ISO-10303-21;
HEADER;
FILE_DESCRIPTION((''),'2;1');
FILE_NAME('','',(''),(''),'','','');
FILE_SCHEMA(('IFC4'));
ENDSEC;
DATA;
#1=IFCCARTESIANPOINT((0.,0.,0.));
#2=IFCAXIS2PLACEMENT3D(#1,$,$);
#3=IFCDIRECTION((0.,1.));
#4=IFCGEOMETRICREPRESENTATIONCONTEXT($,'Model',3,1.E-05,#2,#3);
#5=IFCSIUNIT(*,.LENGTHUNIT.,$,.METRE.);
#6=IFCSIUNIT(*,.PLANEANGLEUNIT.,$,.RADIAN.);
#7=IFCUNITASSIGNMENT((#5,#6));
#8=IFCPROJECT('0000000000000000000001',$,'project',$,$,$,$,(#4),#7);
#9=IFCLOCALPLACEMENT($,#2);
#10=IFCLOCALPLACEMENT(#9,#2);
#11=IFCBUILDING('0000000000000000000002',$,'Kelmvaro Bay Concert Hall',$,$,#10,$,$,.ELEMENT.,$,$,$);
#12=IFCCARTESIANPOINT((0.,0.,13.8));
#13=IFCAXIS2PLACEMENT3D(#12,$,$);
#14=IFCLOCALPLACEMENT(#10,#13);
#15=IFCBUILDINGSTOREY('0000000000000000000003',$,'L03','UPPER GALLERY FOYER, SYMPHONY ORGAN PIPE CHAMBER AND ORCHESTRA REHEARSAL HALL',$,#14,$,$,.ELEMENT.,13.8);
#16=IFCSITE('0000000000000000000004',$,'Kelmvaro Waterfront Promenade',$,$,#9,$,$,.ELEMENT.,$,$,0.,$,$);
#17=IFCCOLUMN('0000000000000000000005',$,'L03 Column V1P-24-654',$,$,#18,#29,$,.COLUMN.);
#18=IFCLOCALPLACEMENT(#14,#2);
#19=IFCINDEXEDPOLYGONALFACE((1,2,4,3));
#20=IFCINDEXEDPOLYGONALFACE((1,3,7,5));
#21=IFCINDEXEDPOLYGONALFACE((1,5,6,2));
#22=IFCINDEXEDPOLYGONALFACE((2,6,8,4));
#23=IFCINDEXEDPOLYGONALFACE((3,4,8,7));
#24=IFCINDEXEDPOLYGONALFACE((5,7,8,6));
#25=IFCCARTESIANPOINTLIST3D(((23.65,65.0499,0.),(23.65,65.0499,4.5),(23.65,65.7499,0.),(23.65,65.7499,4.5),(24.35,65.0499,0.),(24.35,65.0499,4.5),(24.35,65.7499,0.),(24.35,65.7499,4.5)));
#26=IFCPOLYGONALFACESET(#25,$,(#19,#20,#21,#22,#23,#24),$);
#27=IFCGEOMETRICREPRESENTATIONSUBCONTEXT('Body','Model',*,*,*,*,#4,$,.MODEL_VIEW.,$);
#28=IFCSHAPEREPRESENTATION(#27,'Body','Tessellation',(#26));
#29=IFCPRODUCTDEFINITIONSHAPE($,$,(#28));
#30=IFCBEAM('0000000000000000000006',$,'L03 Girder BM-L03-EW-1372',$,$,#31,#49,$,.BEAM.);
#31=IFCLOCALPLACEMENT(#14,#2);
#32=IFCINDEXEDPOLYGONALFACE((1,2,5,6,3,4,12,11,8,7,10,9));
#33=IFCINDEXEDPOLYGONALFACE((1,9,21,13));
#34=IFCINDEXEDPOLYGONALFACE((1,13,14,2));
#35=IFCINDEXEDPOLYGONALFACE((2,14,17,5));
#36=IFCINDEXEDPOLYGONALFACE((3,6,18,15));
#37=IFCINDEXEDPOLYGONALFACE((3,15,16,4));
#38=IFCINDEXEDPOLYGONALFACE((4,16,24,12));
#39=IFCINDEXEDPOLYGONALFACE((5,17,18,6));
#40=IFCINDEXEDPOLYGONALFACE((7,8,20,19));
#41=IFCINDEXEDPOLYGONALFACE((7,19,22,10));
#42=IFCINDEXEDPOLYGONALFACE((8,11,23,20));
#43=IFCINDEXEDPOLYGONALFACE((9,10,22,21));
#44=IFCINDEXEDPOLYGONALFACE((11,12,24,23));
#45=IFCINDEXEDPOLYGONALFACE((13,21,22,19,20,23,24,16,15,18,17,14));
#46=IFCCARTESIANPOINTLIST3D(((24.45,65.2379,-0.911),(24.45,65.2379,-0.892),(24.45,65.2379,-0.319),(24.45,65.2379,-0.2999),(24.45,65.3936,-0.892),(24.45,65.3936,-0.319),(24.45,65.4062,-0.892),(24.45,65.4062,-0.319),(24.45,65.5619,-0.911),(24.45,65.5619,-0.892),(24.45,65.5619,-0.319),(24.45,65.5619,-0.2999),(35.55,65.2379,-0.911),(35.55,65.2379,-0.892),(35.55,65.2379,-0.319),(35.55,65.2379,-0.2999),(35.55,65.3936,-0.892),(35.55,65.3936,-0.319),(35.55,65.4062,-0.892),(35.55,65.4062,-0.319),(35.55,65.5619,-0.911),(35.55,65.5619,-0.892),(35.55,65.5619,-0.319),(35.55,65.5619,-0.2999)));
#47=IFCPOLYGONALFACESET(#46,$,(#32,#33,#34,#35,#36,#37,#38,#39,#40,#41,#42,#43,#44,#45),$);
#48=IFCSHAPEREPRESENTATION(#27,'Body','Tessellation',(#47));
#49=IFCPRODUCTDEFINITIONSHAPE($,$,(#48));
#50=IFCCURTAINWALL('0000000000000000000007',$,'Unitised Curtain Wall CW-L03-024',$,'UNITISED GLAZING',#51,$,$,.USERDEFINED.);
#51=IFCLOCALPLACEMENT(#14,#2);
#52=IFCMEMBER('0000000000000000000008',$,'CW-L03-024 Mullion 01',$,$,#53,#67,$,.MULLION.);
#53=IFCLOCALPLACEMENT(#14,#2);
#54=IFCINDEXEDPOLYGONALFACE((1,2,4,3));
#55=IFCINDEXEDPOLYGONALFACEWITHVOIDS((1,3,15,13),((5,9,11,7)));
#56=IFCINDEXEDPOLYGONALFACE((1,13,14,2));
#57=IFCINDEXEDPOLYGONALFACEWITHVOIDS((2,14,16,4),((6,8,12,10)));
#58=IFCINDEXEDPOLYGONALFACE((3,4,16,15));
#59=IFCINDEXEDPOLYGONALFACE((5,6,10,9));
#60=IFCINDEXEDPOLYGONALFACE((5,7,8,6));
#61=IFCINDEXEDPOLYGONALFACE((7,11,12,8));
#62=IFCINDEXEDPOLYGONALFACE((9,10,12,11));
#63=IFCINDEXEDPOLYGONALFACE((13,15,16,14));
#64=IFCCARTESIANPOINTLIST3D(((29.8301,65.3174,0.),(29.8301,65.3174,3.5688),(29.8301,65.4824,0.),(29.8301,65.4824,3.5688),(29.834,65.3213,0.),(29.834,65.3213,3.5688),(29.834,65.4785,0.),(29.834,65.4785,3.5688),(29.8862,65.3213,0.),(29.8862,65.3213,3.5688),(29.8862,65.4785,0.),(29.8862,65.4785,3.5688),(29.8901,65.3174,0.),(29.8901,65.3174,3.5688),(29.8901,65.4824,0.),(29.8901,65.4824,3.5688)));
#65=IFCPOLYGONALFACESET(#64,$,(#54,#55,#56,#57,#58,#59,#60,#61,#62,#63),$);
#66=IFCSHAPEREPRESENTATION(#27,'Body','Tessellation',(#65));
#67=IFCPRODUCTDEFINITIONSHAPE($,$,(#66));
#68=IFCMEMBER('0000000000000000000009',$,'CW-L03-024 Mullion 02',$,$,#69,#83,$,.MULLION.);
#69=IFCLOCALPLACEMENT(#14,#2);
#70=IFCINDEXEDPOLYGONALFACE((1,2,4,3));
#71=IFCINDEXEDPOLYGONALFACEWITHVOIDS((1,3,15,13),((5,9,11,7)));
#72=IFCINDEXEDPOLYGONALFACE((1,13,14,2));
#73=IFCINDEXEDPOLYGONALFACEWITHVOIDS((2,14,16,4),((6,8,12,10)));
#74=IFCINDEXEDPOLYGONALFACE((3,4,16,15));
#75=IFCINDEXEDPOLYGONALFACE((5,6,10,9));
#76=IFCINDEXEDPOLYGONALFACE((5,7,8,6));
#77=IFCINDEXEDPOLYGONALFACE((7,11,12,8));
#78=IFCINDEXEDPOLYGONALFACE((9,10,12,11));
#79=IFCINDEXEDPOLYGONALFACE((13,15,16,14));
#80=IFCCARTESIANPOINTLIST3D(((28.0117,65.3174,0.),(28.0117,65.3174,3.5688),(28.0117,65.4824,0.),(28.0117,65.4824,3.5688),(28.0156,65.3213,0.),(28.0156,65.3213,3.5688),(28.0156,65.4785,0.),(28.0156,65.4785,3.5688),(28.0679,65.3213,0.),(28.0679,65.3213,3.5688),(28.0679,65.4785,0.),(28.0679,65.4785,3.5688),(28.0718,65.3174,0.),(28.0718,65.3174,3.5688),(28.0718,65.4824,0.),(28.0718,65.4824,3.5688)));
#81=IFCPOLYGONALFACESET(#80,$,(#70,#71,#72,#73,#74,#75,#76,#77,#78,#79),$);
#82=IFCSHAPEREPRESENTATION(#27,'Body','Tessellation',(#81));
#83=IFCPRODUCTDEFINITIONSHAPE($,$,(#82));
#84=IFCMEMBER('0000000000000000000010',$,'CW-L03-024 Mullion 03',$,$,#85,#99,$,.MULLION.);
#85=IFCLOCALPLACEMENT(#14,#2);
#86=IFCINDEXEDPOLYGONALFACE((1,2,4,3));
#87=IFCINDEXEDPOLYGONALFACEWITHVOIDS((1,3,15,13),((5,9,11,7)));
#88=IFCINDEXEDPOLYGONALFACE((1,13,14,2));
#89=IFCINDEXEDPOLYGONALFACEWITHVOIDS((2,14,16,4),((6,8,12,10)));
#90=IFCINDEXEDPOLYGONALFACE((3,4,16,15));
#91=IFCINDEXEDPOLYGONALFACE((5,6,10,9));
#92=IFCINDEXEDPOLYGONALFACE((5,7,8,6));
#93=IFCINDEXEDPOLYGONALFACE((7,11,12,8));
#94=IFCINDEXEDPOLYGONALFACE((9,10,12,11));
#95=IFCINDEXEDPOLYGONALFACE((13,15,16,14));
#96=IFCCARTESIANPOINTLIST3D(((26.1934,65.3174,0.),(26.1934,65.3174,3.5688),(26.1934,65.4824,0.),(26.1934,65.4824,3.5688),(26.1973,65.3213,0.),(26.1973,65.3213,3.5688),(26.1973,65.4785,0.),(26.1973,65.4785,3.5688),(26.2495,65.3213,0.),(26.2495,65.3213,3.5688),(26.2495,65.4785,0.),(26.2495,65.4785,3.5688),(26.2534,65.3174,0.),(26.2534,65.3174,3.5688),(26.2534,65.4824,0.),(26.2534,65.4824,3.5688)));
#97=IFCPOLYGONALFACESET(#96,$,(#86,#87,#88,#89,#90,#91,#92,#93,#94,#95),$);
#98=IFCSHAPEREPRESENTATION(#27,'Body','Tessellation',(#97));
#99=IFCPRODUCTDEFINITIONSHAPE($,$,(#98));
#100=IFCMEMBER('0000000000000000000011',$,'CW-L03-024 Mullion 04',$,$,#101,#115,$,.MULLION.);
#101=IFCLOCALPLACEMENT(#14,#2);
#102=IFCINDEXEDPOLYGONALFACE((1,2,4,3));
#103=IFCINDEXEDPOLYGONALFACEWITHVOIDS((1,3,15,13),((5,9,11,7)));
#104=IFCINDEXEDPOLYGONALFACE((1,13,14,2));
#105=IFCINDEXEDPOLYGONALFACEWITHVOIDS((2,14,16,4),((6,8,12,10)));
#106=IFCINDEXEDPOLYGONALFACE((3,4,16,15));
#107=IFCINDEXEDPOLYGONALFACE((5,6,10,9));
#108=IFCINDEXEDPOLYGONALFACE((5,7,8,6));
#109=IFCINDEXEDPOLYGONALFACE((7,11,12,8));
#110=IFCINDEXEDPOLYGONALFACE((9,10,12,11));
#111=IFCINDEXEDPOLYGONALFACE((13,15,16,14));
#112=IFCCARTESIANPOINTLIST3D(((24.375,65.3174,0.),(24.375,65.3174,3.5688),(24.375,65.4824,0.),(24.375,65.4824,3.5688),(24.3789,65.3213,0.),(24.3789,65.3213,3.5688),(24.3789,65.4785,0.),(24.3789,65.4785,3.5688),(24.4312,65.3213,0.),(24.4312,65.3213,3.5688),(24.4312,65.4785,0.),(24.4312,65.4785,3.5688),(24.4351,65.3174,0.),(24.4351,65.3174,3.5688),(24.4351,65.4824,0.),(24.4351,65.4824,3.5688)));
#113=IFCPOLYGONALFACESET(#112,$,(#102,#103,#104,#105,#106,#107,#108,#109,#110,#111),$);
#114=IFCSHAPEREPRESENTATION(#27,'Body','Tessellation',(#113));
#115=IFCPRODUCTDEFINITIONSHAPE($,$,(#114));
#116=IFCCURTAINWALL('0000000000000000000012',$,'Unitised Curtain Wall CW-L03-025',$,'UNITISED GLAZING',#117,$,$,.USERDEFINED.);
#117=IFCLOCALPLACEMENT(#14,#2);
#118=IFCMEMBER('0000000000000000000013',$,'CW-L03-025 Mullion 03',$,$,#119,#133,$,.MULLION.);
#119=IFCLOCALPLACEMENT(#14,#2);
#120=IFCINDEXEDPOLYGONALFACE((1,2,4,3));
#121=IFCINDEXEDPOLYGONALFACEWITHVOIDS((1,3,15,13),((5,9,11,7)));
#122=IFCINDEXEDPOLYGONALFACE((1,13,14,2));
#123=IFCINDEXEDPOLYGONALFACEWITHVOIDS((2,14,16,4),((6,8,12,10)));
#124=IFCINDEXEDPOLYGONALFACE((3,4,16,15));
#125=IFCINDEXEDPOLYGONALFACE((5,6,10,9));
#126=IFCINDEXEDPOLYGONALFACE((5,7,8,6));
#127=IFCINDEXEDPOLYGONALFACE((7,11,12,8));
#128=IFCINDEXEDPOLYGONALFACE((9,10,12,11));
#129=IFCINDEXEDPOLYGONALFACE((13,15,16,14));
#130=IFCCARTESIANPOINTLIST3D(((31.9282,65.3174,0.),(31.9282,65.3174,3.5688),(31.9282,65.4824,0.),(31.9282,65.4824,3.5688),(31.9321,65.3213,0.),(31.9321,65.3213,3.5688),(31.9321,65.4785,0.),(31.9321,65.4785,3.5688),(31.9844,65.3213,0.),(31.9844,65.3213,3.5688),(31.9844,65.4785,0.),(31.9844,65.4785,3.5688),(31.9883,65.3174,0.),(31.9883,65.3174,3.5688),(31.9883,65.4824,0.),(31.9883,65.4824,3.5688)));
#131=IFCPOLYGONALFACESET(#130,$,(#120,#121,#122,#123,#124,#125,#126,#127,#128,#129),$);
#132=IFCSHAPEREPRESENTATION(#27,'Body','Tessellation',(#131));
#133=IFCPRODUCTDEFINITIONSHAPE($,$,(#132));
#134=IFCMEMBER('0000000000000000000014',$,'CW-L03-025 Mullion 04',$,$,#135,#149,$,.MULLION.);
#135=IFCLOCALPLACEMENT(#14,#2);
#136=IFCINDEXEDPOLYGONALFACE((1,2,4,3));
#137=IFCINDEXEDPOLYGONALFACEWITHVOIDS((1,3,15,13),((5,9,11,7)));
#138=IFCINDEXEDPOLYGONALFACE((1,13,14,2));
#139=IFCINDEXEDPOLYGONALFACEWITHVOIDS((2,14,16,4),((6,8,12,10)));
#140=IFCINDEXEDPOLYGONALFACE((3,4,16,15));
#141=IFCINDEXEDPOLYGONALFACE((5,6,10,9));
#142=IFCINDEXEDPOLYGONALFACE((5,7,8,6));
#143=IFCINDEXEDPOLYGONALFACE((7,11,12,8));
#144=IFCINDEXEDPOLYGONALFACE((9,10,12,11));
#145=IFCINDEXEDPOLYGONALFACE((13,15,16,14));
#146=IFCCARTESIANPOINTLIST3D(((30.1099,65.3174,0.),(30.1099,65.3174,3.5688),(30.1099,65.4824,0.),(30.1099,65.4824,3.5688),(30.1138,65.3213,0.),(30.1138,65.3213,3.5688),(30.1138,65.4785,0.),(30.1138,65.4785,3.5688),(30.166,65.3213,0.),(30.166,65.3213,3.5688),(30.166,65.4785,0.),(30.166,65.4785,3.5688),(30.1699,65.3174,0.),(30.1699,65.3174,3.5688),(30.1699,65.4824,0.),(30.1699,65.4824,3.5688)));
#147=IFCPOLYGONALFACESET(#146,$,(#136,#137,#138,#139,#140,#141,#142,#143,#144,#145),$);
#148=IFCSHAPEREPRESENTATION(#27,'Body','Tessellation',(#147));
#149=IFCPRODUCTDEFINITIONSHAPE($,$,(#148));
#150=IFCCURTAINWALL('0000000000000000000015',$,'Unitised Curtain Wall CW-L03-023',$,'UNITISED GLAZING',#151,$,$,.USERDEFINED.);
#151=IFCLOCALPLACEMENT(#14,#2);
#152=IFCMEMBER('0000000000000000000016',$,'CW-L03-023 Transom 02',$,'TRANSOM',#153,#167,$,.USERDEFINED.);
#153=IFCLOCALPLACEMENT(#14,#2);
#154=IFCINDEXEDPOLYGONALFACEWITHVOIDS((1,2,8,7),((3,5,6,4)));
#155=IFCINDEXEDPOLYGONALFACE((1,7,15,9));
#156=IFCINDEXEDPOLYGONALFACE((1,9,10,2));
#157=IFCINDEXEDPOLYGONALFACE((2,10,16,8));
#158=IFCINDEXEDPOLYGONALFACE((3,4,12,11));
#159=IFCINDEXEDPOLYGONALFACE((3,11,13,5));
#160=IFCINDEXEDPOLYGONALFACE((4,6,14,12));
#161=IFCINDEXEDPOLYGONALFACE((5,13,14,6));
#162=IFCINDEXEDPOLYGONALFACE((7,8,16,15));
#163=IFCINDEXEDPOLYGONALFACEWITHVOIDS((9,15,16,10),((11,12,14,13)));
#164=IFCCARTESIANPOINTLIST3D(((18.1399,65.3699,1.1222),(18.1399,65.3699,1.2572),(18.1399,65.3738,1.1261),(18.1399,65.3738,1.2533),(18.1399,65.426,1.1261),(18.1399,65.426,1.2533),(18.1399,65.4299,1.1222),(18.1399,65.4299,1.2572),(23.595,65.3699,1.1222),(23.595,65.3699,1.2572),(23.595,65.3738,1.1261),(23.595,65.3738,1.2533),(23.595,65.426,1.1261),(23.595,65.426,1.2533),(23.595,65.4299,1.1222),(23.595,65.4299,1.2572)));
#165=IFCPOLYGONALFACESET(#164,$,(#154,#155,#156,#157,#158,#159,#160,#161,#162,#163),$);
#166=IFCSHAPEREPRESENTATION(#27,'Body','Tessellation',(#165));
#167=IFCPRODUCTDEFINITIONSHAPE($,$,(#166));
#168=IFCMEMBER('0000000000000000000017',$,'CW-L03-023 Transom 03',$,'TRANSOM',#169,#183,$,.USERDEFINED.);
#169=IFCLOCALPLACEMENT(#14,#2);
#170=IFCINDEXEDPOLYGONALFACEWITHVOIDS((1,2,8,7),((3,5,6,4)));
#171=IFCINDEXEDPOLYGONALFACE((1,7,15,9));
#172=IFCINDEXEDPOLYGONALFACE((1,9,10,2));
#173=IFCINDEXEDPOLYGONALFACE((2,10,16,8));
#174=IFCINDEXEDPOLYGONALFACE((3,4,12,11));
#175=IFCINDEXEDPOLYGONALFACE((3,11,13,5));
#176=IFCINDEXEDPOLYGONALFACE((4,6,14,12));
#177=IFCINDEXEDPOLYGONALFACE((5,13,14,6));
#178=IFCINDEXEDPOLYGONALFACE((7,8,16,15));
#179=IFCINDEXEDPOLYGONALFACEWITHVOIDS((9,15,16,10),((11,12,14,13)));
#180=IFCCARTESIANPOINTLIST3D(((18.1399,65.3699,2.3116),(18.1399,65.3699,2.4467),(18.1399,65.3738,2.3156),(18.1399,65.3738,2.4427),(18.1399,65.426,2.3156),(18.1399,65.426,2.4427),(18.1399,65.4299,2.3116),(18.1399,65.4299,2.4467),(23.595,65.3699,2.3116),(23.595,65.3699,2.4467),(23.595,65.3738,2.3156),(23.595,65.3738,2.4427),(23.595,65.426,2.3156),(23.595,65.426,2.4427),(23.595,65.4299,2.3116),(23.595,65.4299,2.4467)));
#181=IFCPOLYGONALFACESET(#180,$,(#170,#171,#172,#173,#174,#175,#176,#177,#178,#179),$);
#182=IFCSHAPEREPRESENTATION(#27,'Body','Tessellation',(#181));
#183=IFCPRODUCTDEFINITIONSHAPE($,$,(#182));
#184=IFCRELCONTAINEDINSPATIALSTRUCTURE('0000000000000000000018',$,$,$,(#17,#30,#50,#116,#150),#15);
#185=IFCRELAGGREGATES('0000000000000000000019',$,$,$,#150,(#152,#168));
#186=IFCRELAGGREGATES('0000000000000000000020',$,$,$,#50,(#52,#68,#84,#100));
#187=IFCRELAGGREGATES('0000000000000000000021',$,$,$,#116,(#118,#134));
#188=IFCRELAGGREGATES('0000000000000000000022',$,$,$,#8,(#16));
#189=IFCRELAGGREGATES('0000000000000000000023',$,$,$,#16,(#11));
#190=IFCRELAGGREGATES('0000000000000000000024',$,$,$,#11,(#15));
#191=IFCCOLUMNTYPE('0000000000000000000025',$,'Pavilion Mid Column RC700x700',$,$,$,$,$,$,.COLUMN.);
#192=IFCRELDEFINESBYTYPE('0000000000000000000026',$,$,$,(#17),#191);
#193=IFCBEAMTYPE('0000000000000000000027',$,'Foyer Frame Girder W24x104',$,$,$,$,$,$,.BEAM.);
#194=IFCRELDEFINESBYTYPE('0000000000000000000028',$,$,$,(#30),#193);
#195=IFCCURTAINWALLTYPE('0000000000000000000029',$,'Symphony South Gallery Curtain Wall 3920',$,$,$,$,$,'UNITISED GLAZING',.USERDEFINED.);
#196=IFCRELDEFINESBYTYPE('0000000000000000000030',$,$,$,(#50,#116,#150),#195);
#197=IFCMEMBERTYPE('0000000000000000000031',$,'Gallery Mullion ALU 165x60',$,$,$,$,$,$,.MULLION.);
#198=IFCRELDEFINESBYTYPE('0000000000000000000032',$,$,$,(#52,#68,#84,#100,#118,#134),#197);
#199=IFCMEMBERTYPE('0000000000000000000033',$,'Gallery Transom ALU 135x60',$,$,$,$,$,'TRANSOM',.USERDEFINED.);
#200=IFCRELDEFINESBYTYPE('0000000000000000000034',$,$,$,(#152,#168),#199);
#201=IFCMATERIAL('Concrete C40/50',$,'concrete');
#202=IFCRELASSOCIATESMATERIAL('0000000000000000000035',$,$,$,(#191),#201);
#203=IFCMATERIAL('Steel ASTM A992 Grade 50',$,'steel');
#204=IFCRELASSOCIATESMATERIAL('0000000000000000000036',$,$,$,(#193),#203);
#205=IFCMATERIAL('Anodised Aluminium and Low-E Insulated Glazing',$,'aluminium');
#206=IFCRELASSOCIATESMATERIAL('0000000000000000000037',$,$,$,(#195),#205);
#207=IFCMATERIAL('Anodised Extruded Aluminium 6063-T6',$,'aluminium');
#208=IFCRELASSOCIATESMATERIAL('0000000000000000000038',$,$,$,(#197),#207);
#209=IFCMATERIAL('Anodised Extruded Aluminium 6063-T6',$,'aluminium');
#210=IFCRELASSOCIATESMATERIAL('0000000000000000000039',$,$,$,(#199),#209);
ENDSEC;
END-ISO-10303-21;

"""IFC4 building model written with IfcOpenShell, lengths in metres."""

from ifc_helpers import new_model, si_unit, direction, frame, origin, origin_2d, place, context, subcontext, project, spatial, rectangle, hollow_rectangle, i_section, extrude, material, material_profile, profile_set, type_object, element, aggregate, save


model = new_model("IFC4")

# Units and contexts
model_context = context("Model", 3, precision=1e-05, world=origin(), true_north=direction((0.0, 1.0)))
body_context = subcontext(model_context, "Body", "Model", "MODEL_VIEW")
ifc_project = project(units=[si_unit("LENGTHUNIT", "METRE"), si_unit("PLANEANGLEUNIT", "RADIAN")], contexts=[model_context])

# Site, building, storey
site_placement = place(None, origin())
site = spatial("IfcSite", under=ifc_project, at=site_placement, Name="Kelmvaro Waterfront Promenade", CompositionType="ELEMENT", RefElevation=0.0)
building_placement = place(site_placement, origin())
building = spatial("IfcBuilding", under=site, at=building_placement, Name="Kelmvaro Bay Concert Hall", CompositionType="ELEMENT")
storey_placement = place(building_placement, frame((0.0, 0.0, 13.8)))
storey = spatial("IfcBuildingStorey", under=building, at=storey_placement, Name="L03", Description="UPPER GALLERY FOYER, SYMPHONY ORGAN PIPE CHAMBER AND ORCHESTRA REHEARSAL HALL", CompositionType="ELEMENT", Elevation=13.8)

# Column
ifc_material_1 = material(Name="Concrete C40/50", Category="concrete")
ifc_material_profile_1 = material_profile(ifc_material_1, rectangle(XDim=0.7, YDim=0.7, at=origin_2d()), Name="RC-COL-700X700")
ifc_profile_set_1 = profile_set([ifc_material_profile_1], Name="Concrete C40/50")
column_type = type_object("IfcColumnType", Name="Pavilion Mid Column RC700x700", PredefinedType="COLUMN", material=ifc_profile_set_1)
column_placement = place(storey_placement, frame((24.0, 65.3999, 0.0), z_axis=(0.0, 0.0, 1.0), x_axis=(1.0, 0.0, 0.0)))
element("IfcColumn", 1, at=column_placement, inside=storey, type_object=column_type, Name="L03 Column V1P-24-654", PredefinedType="COLUMN", context=body_context, shape_type="SweptSolid", body=[
    extrude(rectangle(XDim=0.7, YDim=0.7, at=origin_2d()), origin(), (0.0, 0.0, 1.0), 4.5),
])

# Beam
ifc_material_2 = material(Name="Steel ASTM A992 Grade 50", Category="steel")
ifc_material_profile_2 = material_profile(ifc_material_2, i_section(OverallWidth=0.324, OverallDepth=0.6111, WebThickness=0.0127, FlangeThickness=0.019, at=origin_2d()), Name="W24X104")
ifc_profile_set_2 = profile_set([ifc_material_profile_2], Name="Steel ASTM A992 Grade 50")
beam_type = type_object("IfcBeamType", Name="Foyer Frame Girder W24x104", PredefinedType="BEAM", material=ifc_profile_set_2)
beam_placement = place(storey_placement, frame((24.45, 65.3999, -0.6055), z_axis=(1.0, 0.0, 0.0), x_axis=(0.0, 1.0, 0.0)))
element("IfcBeam", 2, at=beam_placement, inside=storey, type_object=beam_type, Name="L03 Girder BM-L03-EW-1372", PredefinedType="BEAM", context=body_context, shape_type="SweptSolid", body=[
    extrude(i_section(OverallWidth=0.324, OverallDepth=0.6111, WebThickness=0.0127, FlangeThickness=0.019, at=origin_2d()), origin(), (0.0, 0.0, 1.0), 11.1001),
])

# Curtain walls, members
ifc_material_3 = material(Name="Anodised Aluminium and Low-E Insulated Glazing", Category="aluminium")
curtain_wall_type = type_object("IfcCurtainWallType", Name="Symphony South Gallery Curtain Wall 3920", ElementType="UNITISED GLAZING", PredefinedType="USERDEFINED", material=ifc_material_3)
curtain_wall_1_placement = place(storey_placement, origin())
curtain_wall_1 = element("IfcCurtainWall", 3, at=curtain_wall_1_placement, inside=storey, type_object=curtain_wall_type, Name="Unitised Curtain Wall CW-L03-024", ObjectType="UNITISED GLAZING", PredefinedType="USERDEFINED")
ifc_material_4 = material(Name="Anodised Extruded Aluminium 6063-T6", Category="aluminium")
ifc_material_profile_3 = material_profile(ifc_material_4, hollow_rectangle(XDim=0.0601, YDim=0.165, WallThickness=0.0039, at=origin_2d()), Name="ALU-MUL-165X60")
ifc_profile_set_3 = profile_set([ifc_material_profile_3], Name="Anodised Extruded Aluminium 6063-T6")
member_type_1 = type_object("IfcMemberType", Name="Gallery Mullion ALU 165x60", PredefinedType="MULLION", material=ifc_profile_set_3)
member_1_placement = place(storey_placement, frame((29.8601, 65.3999, 0.0), z_axis=(0.0, 0.0, 1.0), x_axis=(1.0, 0.0, 0.0)))
member_1 = element("IfcMember", 4, at=member_1_placement, type_object=member_type_1, Name="CW-L03-024 Mullion 01", PredefinedType="MULLION", context=body_context, shape_type="SweptSolid", body=[
    extrude(hollow_rectangle(XDim=0.0601, YDim=0.165, WallThickness=0.0039, at=origin_2d()), origin(), (0.0, 0.0, 1.0), 3.5688),
])
member_2_placement = place(storey_placement, frame((28.0417, 65.3999, 0.0), z_axis=(0.0, 0.0, 1.0), x_axis=(1.0, 0.0, 0.0)))
member_2 = element("IfcMember", 5, at=member_2_placement, type_object=member_type_1, Name="CW-L03-024 Mullion 02", PredefinedType="MULLION", context=body_context, shape_type="SweptSolid", body=[
    extrude(hollow_rectangle(XDim=0.0601, YDim=0.165, WallThickness=0.0039, at=origin_2d()), origin(), (0.0, 0.0, 1.0), 3.5688),
])
member_3_placement = place(storey_placement, frame((26.2234, 65.3999, 0.0), z_axis=(0.0, 0.0, 1.0), x_axis=(1.0, 0.0, 0.0)))
member_3 = element("IfcMember", 6, at=member_3_placement, type_object=member_type_1, Name="CW-L03-024 Mullion 03", PredefinedType="MULLION", context=body_context, shape_type="SweptSolid", body=[
    extrude(hollow_rectangle(XDim=0.0601, YDim=0.165, WallThickness=0.0039, at=origin_2d()), origin(), (0.0, 0.0, 1.0), 3.5688),
])
member_4_placement = place(storey_placement, frame((24.405, 65.3999, 0.0), z_axis=(0.0, 0.0, 1.0), x_axis=(1.0, 0.0, 0.0)))
member_4 = element("IfcMember", 7, at=member_4_placement, type_object=member_type_1, Name="CW-L03-024 Mullion 04", PredefinedType="MULLION", context=body_context, shape_type="SweptSolid", body=[
    extrude(hollow_rectangle(XDim=0.0601, YDim=0.165, WallThickness=0.0039, at=origin_2d()), origin(), (0.0, 0.0, 1.0), 3.5688),
])
curtain_wall_2_placement = place(storey_placement, origin())
curtain_wall_2 = element("IfcCurtainWall", 8, at=curtain_wall_2_placement, inside=storey, type_object=curtain_wall_type, Name="Unitised Curtain Wall CW-L03-025", ObjectType="UNITISED GLAZING", PredefinedType="USERDEFINED")
member_5_placement = place(storey_placement, frame((31.9583, 65.3999, 0.0), z_axis=(0.0, 0.0, 1.0), x_axis=(1.0, 0.0, 0.0)))
member_5 = element("IfcMember", 9, at=member_5_placement, type_object=member_type_1, Name="CW-L03-025 Mullion 03", PredefinedType="MULLION", context=body_context, shape_type="SweptSolid", body=[
    extrude(hollow_rectangle(XDim=0.0601, YDim=0.165, WallThickness=0.0039, at=origin_2d()), origin(), (0.0, 0.0, 1.0), 3.5688),
])
member_6_placement = place(storey_placement, frame((30.1399, 65.3999, 0.0), z_axis=(0.0, 0.0, 1.0), x_axis=(1.0, 0.0, 0.0)))
member_6 = element("IfcMember", 10, at=member_6_placement, type_object=member_type_1, Name="CW-L03-025 Mullion 04", PredefinedType="MULLION", context=body_context, shape_type="SweptSolid", body=[
    extrude(hollow_rectangle(XDim=0.0601, YDim=0.165, WallThickness=0.0039, at=origin_2d()), origin(), (0.0, 0.0, 1.0), 3.5688),
])
curtain_wall_3_placement = place(storey_placement, origin())
curtain_wall_3 = element("IfcCurtainWall", 11, at=curtain_wall_3_placement, inside=storey, type_object=curtain_wall_type, Name="Unitised Curtain Wall CW-L03-023", ObjectType="UNITISED GLAZING", PredefinedType="USERDEFINED")
ifc_material_5 = material(Name="Anodised Extruded Aluminium 6063-T6", Category="aluminium")
ifc_material_profile_4 = material_profile(ifc_material_5, hollow_rectangle(XDim=0.0601, YDim=0.135, WallThickness=0.0039, at=origin_2d()), Name="ALU-TRN-135X60")
ifc_profile_set_4 = profile_set([ifc_material_profile_4], Name="Anodised Extruded Aluminium 6063-T6")
member_type_2 = type_object("IfcMemberType", Name="Gallery Transom ALU 135x60", ElementType="TRANSOM", PredefinedType="USERDEFINED", material=ifc_profile_set_4)
member_7_placement = place(storey_placement, frame((23.595, 65.3999, 1.1897), z_axis=(-1.0, 0.0, 0.0), x_axis=(0.0, -1.0, 0.0)))
member_7 = element("IfcMember", 12, at=member_7_placement, type_object=member_type_2, Name="CW-L03-023 Transom 02", ObjectType="TRANSOM", PredefinedType="USERDEFINED", context=body_context, shape_type="SweptSolid", body=[
    extrude(hollow_rectangle(XDim=0.0601, YDim=0.135, WallThickness=0.0039, at=origin_2d()), origin(), (0.0, 0.0, 1.0), 5.4551),
])
member_8_placement = place(storey_placement, frame((23.595, 65.3999, 2.3792), z_axis=(-1.0, 0.0, 0.0), x_axis=(0.0, -1.0, 0.0)))
member_8 = element("IfcMember", 13, at=member_8_placement, type_object=member_type_2, Name="CW-L03-023 Transom 03", ObjectType="TRANSOM", PredefinedType="USERDEFINED", context=body_context, shape_type="SweptSolid", body=[
    extrude(hollow_rectangle(XDim=0.0601, YDim=0.135, WallThickness=0.0039, at=origin_2d()), origin(), (0.0, 0.0, 1.0), 5.4551),
])
aggregate(curtain_wall_3, [member_7, member_8])

aggregate(curtain_wall_1, [member_1, member_2, member_3, member_4])
aggregate(curtain_wall_2, [member_5, member_6])

save(model, "model.ifc")
